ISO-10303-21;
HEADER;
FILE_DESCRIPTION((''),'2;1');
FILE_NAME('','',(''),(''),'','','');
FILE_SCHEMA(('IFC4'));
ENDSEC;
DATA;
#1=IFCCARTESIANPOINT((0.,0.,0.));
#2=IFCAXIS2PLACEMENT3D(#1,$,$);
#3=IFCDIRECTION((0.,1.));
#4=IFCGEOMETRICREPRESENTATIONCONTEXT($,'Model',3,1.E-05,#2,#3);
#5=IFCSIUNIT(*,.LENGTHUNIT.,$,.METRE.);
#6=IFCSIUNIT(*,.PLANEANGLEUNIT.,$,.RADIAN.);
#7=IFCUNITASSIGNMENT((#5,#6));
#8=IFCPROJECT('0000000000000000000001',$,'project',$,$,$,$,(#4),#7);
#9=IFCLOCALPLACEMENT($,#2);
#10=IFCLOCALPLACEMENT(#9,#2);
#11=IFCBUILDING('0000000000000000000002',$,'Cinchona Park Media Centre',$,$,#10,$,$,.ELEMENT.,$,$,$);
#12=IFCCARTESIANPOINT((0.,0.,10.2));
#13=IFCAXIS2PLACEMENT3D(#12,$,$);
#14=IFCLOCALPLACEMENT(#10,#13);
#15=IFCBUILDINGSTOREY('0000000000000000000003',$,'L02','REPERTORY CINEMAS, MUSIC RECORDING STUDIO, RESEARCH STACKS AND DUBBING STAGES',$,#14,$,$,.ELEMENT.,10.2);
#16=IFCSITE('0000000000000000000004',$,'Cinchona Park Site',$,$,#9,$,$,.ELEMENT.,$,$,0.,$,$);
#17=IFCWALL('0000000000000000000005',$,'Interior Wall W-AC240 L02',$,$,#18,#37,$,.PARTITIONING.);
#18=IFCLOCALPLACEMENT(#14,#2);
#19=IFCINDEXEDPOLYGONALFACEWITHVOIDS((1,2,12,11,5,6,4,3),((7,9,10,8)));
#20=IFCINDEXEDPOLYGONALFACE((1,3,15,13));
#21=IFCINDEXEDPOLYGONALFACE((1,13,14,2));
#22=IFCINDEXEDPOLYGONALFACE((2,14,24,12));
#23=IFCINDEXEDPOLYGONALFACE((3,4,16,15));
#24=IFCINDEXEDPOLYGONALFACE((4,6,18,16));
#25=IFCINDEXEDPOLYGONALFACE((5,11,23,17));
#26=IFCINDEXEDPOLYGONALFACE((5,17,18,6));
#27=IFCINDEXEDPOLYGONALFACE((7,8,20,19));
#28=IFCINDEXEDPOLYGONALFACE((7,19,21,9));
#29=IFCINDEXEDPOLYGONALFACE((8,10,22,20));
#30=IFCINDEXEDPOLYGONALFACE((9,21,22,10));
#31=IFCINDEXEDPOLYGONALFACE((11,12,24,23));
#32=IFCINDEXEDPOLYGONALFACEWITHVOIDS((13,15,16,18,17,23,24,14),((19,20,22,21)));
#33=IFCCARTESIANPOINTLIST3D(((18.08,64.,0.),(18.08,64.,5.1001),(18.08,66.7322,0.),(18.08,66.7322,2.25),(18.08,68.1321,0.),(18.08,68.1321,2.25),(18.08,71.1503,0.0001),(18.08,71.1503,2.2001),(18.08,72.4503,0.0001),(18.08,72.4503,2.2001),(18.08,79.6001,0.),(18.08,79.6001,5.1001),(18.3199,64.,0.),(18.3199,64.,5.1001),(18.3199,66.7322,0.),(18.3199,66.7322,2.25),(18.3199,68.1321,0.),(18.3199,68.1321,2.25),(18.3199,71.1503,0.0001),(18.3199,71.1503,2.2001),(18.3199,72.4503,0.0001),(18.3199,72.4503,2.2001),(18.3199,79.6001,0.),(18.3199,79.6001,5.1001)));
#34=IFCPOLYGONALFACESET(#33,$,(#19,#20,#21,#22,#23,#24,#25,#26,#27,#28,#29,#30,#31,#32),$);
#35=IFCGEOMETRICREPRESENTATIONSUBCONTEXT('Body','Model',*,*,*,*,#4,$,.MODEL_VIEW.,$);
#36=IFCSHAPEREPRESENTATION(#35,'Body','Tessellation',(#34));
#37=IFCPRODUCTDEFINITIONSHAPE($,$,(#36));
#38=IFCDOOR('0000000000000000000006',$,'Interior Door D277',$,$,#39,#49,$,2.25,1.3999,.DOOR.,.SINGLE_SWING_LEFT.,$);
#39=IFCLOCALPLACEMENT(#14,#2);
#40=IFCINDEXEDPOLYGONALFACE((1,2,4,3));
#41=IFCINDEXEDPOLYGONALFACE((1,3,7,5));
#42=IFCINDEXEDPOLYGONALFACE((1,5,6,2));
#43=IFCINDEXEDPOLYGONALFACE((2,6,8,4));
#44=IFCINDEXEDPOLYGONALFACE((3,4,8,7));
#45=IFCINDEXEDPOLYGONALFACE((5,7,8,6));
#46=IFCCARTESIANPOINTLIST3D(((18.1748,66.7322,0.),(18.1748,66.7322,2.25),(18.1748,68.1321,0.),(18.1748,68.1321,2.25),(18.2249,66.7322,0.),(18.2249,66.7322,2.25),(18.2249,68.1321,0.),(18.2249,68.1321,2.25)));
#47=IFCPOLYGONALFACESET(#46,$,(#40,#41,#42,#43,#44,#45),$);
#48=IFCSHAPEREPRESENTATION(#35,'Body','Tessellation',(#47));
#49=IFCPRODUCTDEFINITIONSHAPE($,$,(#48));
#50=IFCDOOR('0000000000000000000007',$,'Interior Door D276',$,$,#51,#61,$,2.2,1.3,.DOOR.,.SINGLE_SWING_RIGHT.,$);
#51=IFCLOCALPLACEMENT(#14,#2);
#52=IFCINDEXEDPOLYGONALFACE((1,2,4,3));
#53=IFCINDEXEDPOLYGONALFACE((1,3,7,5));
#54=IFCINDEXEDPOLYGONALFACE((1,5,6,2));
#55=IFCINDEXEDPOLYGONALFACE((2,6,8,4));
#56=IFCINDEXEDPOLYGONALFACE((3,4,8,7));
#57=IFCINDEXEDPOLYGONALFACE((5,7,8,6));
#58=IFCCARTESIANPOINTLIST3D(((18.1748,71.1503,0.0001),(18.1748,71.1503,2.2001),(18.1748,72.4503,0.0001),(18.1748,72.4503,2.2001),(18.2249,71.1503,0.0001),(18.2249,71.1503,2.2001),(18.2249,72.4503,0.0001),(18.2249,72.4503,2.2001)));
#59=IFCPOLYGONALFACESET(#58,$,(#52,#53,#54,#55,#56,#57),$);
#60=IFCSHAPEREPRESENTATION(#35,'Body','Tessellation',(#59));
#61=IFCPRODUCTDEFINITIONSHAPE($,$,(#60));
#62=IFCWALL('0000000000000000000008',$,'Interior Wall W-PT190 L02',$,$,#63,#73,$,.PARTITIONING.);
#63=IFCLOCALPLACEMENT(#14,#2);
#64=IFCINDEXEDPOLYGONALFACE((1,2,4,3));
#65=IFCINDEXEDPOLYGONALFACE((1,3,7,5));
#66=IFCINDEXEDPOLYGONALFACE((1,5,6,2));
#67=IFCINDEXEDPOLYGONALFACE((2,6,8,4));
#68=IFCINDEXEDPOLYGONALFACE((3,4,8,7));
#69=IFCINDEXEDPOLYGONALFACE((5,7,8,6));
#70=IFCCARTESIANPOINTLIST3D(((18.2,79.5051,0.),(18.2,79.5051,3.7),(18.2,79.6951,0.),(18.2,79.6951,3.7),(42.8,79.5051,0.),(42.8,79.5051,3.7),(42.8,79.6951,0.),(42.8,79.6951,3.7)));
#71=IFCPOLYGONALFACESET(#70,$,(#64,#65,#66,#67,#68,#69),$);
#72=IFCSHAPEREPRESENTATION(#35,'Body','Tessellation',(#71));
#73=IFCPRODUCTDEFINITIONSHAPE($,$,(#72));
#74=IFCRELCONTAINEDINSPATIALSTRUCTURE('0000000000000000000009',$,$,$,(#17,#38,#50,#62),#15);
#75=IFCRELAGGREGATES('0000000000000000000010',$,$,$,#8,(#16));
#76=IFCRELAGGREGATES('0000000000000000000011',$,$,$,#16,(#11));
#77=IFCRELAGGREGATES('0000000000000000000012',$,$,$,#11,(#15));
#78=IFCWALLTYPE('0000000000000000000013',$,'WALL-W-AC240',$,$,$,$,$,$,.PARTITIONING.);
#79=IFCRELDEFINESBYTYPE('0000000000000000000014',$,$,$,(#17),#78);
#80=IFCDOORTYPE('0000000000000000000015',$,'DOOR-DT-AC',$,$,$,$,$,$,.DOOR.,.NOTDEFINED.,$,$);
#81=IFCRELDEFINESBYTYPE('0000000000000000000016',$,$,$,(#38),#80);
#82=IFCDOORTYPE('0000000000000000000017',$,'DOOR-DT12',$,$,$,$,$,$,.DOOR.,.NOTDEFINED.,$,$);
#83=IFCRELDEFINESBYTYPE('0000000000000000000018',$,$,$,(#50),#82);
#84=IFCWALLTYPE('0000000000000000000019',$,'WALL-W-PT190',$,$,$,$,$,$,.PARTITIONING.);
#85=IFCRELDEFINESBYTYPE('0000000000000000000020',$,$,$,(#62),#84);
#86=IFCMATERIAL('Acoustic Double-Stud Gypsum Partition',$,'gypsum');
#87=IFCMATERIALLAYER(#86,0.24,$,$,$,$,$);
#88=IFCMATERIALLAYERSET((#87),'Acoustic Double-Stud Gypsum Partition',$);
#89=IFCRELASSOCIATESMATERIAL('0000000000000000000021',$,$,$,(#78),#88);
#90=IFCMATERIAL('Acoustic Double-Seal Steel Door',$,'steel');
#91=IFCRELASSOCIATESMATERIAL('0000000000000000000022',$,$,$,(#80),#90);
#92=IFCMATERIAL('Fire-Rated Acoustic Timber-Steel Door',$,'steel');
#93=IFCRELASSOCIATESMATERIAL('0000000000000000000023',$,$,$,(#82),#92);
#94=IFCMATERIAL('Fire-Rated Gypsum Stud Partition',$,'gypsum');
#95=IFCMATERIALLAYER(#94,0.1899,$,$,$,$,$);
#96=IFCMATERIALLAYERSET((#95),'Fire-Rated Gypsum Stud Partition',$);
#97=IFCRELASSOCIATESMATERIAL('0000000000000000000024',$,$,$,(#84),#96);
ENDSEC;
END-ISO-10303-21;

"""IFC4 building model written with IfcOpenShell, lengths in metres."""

from ifc_helpers import new_model, si_unit, direction, frame, frame_2d, origin, place, context, subcontext, project, spatial, rectangle, extrude, material, layer, layer_set, type_object, element, fill, save


model = new_model("IFC4")

# Units and contexts
model_context = context("Model", 3, precision=1e-05, world=origin(), true_north=direction((0.0, 1.0)))
body_context = subcontext(model_context, "Body", "Model", "MODEL_VIEW")
ifc_project = project(units=[si_unit("LENGTHUNIT", "METRE"), si_unit("PLANEANGLEUNIT", "RADIAN")], contexts=[model_context])

# Site, building, storey
site_placement = place(None, origin())
site = spatial("IfcSite", under=ifc_project, at=site_placement, Name="Cinchona Park Site", CompositionType="ELEMENT", RefElevation=0.0)
building_placement = place(site_placement, origin())
building = spatial("IfcBuilding", under=site, at=building_placement, Name="Cinchona Park Media Centre", CompositionType="ELEMENT")
storey_placement = place(building_placement, frame((0.0, 0.0, 10.2)))
storey = spatial("IfcBuildingStorey", under=building, at=storey_placement, Name="L02", Description="REPERTORY CINEMAS, MUSIC RECORDING STUDIO, RESEARCH STACKS AND DUBBING STAGES", CompositionType="ELEMENT", Elevation=10.2)

# Wall, openings, doors
ifc_material_1 = material(Name="Acoustic Double-Stud Gypsum Partition", Category="gypsum")
ifc_layer_1 = layer(ifc_material_1, 0.24)
ifc_layer_set_1 = layer_set([ifc_layer_1], Name="Acoustic Double-Stud Gypsum Partition")
wall_type_1 = type_object("IfcWallType", Name="WALL-W-AC240", PredefinedType="PARTITIONING", material=ifc_layer_set_1)
wall_1_placement = place(storey_placement, frame((18.2, 79.6001, 0.0), z_axis=(0.0, 0.0, 1.0), x_axis=(0.0, -1.0, 0.0)))
wall_1 = element("IfcWall", 1, at=wall_1_placement, inside=storey, type_object=wall_type_1, Name="Interior Wall W-AC240 L02", PredefinedType="PARTITIONING", context=body_context, shape_type="SweptSolid", body=[
    extrude(rectangle(XDim=15.6001, YDim=0.24, at=frame_2d((7.8, 0.0))), origin(), (0.0, 0.0, 1.0), 5.1001),
])
opening_1_placement = place(wall_1_placement, frame((7.1499, 0.0, 0.0)))
opening_1 = element("IfcOpeningElement", 2, at=opening_1_placement, cuts=wall_1, PredefinedType="OPENING", context=body_context, shape_type="SweptSolid", body=[
    extrude(rectangle(XDim=1.3, YDim=2.2, at=frame_2d((0.6499, 1.1001))), frame((0.0, 0.1299, 0.0), z_axis=(0.0, -1.0, 0.0), x_axis=(1.0, 0.0, 0.0)), (0.0, 0.0, 1.0), 0.26),
])
opening_2_placement = place(wall_1_placement, frame((11.468, 0.0, 0.0)))
opening_2 = element("IfcOpeningElement", 3, at=opening_2_placement, cuts=wall_1, PredefinedType="OPENING", context=body_context, shape_type="SweptSolid", body=[
    extrude(rectangle(XDim=1.3999, YDim=2.25, at=frame_2d((0.7, 1.125))), frame((0.0, 0.1299, 0.0), z_axis=(0.0, -1.0, 0.0), x_axis=(1.0, 0.0, 0.0)), (0.0, 0.0, 1.0), 0.26),
])
ifc_material_2 = material(Name="Acoustic Double-Seal Steel Door", Category="steel")
door_type_1 = type_object("IfcDoorType", Name="DOOR-DT-AC", OperationType="NOTDEFINED", PredefinedType="DOOR", material=ifc_material_2)
door_1_placement = place(opening_2_placement, origin())
door_1 = element("IfcDoor", 4, at=door_1_placement, inside=storey, type_object=door_type_1, Name="Interior Door D277", OperationType="SINGLE_SWING_LEFT", OverallHeight=2.25, OverallWidth=1.3999, PredefinedType="DOOR", context=body_context, shape_type="SweptSolid", body=[
    extrude(rectangle(XDim=1.3999, YDim=2.25, at=frame_2d((0.7, 1.125))), frame((0.0, 0.0249, 0.0), z_axis=(0.0, -1.0, 0.0), x_axis=(1.0, 0.0, 0.0)), (0.0, 0.0, 1.0), 0.05),
])
fill(opening_2, door_1)
ifc_material_3 = material(Name="Fire-Rated Acoustic Timber-Steel Door", Category="steel")
door_type_2 = type_object("IfcDoorType", Name="DOOR-DT12", OperationType="NOTDEFINED", PredefinedType="DOOR", material=ifc_material_3)
door_2_placement = place(opening_1_placement, origin())
door_2 = element("IfcDoor", 5, at=door_2_placement, inside=storey, type_object=door_type_2, Name="Interior Door D276", OperationType="SINGLE_SWING_RIGHT", OverallHeight=2.2, OverallWidth=1.3, PredefinedType="DOOR", context=body_context, shape_type="SweptSolid", body=[
    extrude(rectangle(XDim=1.3, YDim=2.2, at=frame_2d((0.6499, 1.1001))), frame((0.0, 0.0249, 0.0), z_axis=(0.0, -1.0, 0.0), x_axis=(1.0, 0.0, 0.0)), (0.0, 0.0, 1.0), 0.05),
])
fill(opening_1, door_2)

# Wall
ifc_material_4 = material(Name="Fire-Rated Gypsum Stud Partition", Category="gypsum")
ifc_layer_2 = layer(ifc_material_4, 0.1899)
ifc_layer_set_2 = layer_set([ifc_layer_2], Name="Fire-Rated Gypsum Stud Partition")
wall_type_2 = type_object("IfcWallType", Name="WALL-W-PT190", PredefinedType="PARTITIONING", material=ifc_layer_set_2)
wall_2_placement = place(storey_placement, frame((18.2, 79.6001, 0.0), z_axis=(0.0, 0.0, 1.0), x_axis=(1.0, 0.0, 0.0)))
element("IfcWall", 6, at=wall_2_placement, inside=storey, type_object=wall_type_2, Name="Interior Wall W-PT190 L02", PredefinedType="PARTITIONING", context=body_context, shape_type="SweptSolid", body=[
    extrude(rectangle(XDim=24.6001, YDim=0.1899, at=frame_2d((12.3, 0.0))), origin(), (0.0, 0.0, 1.0), 3.7),
])

save(model, "model.ifc")
